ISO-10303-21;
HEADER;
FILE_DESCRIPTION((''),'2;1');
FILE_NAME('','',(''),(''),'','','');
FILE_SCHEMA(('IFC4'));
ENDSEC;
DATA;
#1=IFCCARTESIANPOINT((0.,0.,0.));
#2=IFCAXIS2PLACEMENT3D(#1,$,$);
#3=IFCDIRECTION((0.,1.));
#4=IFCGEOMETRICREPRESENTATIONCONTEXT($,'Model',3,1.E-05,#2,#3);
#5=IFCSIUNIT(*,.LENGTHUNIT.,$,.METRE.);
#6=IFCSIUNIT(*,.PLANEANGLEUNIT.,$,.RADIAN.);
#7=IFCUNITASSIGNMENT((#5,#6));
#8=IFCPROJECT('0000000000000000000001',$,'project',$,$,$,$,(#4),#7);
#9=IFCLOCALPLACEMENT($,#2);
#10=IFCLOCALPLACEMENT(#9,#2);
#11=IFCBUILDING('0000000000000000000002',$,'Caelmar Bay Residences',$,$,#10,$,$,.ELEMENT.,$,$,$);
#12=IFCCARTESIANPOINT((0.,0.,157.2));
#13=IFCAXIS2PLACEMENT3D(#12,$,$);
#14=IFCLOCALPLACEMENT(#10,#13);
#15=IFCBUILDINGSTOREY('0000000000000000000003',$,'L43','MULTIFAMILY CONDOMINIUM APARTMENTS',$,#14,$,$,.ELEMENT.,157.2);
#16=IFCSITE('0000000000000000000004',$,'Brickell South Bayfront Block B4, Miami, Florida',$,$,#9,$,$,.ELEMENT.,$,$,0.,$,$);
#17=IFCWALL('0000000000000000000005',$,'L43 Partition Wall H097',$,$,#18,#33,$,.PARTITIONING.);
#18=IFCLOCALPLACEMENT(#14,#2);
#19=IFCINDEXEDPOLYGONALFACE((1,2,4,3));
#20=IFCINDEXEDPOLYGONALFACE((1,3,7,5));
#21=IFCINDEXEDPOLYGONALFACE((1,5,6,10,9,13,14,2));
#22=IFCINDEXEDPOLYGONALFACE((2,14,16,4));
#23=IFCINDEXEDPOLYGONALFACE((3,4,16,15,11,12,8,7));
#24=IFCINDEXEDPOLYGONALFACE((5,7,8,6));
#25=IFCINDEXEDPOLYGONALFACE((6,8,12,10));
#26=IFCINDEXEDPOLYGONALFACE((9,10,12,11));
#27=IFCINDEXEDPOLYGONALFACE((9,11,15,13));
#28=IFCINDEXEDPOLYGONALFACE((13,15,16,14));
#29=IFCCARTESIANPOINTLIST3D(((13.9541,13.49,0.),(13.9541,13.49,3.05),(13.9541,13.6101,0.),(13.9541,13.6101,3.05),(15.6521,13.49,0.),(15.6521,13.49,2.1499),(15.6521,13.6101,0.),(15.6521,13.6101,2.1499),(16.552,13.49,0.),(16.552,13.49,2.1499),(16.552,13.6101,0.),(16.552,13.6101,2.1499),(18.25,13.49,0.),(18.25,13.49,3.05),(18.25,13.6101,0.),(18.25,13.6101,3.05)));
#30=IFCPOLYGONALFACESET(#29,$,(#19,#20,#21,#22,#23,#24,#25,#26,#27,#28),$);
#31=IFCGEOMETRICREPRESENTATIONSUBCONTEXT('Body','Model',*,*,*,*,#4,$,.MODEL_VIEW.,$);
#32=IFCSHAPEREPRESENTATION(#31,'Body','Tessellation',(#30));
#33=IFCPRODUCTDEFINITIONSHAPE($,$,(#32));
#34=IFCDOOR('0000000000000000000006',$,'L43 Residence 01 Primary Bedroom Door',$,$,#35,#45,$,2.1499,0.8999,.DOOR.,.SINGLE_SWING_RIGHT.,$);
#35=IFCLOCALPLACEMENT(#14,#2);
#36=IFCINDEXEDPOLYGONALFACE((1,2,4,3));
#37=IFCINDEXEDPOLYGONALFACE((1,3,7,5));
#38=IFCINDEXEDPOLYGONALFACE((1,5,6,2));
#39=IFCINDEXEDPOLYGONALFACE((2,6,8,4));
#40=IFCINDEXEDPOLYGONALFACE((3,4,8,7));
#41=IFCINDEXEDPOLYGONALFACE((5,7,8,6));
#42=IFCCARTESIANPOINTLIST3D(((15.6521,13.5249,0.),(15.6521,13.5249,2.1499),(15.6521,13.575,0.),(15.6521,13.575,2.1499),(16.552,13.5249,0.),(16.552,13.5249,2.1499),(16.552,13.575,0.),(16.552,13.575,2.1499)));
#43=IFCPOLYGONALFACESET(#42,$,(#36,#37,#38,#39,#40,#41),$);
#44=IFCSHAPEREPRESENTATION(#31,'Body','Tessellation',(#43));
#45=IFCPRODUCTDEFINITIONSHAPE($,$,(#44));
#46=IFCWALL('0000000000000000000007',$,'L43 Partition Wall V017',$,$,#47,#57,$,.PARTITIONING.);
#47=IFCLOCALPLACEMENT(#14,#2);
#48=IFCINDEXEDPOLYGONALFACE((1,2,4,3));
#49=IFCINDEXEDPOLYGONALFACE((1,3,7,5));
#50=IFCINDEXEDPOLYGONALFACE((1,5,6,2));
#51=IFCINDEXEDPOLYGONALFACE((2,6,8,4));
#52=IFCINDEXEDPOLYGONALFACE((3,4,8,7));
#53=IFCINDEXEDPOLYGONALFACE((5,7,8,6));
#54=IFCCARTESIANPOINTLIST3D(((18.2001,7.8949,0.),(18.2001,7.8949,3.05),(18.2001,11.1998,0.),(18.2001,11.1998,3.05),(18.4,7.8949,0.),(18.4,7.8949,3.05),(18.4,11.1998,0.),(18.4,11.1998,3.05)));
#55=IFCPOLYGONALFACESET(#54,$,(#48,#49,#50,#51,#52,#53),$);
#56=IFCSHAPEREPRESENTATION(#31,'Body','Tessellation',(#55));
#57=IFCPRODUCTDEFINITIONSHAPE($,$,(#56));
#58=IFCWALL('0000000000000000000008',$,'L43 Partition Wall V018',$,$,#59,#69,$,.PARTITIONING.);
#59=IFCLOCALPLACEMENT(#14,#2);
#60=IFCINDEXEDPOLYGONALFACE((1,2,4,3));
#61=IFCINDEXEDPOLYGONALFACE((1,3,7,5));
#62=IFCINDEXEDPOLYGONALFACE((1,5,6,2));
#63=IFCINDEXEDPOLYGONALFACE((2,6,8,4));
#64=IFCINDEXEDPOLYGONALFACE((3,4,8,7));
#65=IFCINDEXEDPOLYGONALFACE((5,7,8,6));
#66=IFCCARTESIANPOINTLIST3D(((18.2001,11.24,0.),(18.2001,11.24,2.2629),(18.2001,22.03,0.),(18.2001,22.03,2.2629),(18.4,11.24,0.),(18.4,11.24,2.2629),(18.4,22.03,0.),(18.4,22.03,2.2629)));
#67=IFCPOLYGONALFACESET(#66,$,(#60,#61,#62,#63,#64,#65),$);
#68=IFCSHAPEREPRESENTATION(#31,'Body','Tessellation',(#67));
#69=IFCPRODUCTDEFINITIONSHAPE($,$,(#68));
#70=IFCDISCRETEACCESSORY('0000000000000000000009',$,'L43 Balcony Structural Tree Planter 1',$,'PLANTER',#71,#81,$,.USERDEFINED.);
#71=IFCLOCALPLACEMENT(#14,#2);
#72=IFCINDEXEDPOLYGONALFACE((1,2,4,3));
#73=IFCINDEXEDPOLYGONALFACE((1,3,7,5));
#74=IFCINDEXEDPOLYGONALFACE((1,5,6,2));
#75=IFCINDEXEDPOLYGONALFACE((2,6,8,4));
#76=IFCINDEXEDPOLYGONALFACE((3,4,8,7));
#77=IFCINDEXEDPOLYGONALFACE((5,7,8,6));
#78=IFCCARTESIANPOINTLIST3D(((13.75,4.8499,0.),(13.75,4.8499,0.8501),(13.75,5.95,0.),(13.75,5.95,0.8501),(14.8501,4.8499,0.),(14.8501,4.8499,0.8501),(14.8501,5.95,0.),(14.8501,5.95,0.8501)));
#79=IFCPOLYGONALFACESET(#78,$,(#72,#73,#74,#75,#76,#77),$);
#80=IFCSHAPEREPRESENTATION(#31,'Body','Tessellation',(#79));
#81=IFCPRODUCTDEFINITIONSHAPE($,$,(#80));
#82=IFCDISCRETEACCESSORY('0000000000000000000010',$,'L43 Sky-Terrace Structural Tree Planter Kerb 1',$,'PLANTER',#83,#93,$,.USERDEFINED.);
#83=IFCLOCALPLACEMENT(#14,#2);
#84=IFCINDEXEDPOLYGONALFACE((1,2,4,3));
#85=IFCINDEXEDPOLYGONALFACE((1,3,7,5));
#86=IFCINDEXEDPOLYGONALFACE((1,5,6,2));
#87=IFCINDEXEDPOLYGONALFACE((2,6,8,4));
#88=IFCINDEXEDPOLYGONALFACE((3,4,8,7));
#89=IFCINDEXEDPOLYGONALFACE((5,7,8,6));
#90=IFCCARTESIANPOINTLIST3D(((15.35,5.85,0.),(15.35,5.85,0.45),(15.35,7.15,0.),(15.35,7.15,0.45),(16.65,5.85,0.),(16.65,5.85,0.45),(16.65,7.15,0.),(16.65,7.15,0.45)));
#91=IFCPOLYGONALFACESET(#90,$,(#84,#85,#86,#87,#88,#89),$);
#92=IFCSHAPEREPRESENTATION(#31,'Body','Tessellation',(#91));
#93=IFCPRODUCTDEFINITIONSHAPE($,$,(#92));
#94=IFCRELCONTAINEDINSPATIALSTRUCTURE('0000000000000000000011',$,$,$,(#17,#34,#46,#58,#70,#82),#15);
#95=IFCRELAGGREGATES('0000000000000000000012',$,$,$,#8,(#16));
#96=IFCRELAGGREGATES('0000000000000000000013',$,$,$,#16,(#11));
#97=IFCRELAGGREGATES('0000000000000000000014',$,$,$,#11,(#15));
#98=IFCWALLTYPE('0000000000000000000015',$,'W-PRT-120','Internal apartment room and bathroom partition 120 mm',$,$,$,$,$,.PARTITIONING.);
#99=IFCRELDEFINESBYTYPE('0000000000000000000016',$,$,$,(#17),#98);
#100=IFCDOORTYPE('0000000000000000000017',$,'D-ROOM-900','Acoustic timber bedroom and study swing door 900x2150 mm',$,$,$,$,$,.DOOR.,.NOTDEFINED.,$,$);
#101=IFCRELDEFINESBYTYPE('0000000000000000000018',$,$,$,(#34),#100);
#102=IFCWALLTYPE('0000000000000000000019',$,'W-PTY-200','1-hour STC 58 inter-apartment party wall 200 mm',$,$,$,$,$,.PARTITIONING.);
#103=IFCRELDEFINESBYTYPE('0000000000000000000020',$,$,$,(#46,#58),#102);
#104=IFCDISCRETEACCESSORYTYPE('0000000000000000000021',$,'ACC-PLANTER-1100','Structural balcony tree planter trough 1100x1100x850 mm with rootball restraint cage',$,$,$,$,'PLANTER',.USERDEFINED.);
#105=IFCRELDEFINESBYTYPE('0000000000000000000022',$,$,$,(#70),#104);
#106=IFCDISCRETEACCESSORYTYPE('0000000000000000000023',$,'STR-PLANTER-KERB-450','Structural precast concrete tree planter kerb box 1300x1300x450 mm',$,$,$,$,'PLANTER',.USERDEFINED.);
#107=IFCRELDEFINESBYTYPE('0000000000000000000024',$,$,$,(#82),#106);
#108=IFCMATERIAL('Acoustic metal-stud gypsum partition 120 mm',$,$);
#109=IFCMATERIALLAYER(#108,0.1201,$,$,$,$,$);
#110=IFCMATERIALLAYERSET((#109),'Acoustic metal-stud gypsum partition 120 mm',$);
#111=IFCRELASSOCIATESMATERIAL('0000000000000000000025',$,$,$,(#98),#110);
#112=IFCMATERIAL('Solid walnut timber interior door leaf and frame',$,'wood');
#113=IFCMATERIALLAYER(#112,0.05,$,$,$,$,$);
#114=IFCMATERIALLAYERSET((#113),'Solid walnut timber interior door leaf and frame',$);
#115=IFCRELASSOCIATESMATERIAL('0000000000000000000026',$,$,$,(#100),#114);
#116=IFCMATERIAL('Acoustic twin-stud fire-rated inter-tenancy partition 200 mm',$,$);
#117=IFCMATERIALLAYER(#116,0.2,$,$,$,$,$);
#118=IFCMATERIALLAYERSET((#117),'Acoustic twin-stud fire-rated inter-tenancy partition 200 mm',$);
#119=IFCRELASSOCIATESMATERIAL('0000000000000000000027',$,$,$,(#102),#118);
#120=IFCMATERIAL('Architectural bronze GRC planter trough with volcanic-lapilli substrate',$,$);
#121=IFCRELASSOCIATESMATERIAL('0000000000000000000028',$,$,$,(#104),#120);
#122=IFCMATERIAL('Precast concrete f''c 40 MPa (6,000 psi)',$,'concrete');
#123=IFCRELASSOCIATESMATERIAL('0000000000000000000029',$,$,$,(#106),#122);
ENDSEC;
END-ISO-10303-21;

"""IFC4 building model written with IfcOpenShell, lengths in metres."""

from ifc_helpers import new_model, si_unit, direction, frame, frame_2d, origin, origin_2d, place, context, subcontext, project, spatial, rectangle, extrude, material, layer, layer_set, type_object, element, fill, save


model = new_model("IFC4")

# Units and contexts
model_context = context("Model", 3, precision=1e-05, world=origin(), true_north=direction((0.0, 1.0)))
body_context = subcontext(model_context, "Body", "Model", "MODEL_VIEW")
ifc_project = project(units=[si_unit("LENGTHUNIT", "METRE"), si_unit("PLANEANGLEUNIT", "RADIAN")], contexts=[model_context])

# Site, building, storey
site_placement = place(None, origin())
site = spatial("IfcSite", under=ifc_project, at=site_placement, Name="Brickell South Bayfront Block B4, Miami, Florida", CompositionType="ELEMENT", RefElevation=0.0)
building_placement = place(site_placement, origin())
building = spatial("IfcBuilding", under=site, at=building_placement, Name="Caelmar Bay Residences", CompositionType="ELEMENT")
storey_placement = place(building_placement, frame((0.0, 0.0, 157.2)))
storey = spatial("IfcBuildingStorey", under=building, at=storey_placement, Name="L43", Description="MULTIFAMILY CONDOMINIUM APARTMENTS", CompositionType="ELEMENT", Elevation=157.2)

# Shared definitions
ifc_material_1 = material(Name="Precast concrete f'c 40 MPa (6,000 psi)", Category="concrete")
ifc_material_2 = material(Name="Acoustic metal-stud gypsum partition 120 mm")
ifc_layer_1 = layer(ifc_material_2, 0.1201)
ifc_layer_set_1 = layer_set([ifc_layer_1], Name="Acoustic metal-stud gypsum partition 120 mm")
wall_type_1 = type_object("IfcWallType", Name="W-PRT-120", Description="Internal apartment room and bathroom partition 120 mm", PredefinedType="PARTITIONING", material=ifc_layer_set_1)

# Wall, opening, door
wall_1_placement = place(storey_placement, frame((13.9541, 13.55, 0.0), z_axis=(0.0, 0.0, 1.0), x_axis=(1.0, 0.0, 0.0)))
wall_1 = element("IfcWall", 1, at=wall_1_placement, inside=storey, type_object=wall_type_1, Name="L43 Partition Wall H097", PredefinedType="PARTITIONING", context=body_context, shape_type="SweptSolid", body=[
    extrude(rectangle(XDim=4.2959, YDim=0.1201, at=frame_2d((2.1479, 0.0))), origin(), (0.0, 0.0, 1.0), 3.05),
])
opening_placement = place(wall_1_placement, frame((1.698, 0.0, 0.0)))
opening = element("IfcOpeningElement", 2, at=opening_placement, cuts=wall_1, PredefinedType="OPENING", context=body_context, shape_type="SweptSolid", body=[
    extrude(rectangle(XDim=0.8999, YDim=2.1499, at=frame_2d((0.45, 1.075))), frame((0.0, 0.0701, 0.0), z_axis=(0.0, -1.0, 0.0), x_axis=(1.0, 0.0, 0.0)), (0.0, 0.0, 1.0), 0.1401),
])
ifc_material_3 = material(Name="Solid walnut timber interior door leaf and frame", Category="wood")
ifc_layer_2 = layer(ifc_material_3, 0.05)
ifc_layer_set_2 = layer_set([ifc_layer_2], Name="Solid walnut timber interior door leaf and frame")
door_type = type_object("IfcDoorType", Name="D-ROOM-900", Description="Acoustic timber bedroom and study swing door 900x2150 mm", OperationType="NOTDEFINED", PredefinedType="DOOR", material=ifc_layer_set_2)
door_placement = place(opening_placement, origin())
door = element("IfcDoor", 3, at=door_placement, inside=storey, type_object=door_type, Name="L43 Residence 01 Primary Bedroom Door", OperationType="SINGLE_SWING_RIGHT", OverallHeight=2.1499, OverallWidth=0.8999, PredefinedType="DOOR", context=body_context, shape_type="SweptSolid", body=[
    extrude(rectangle(XDim=0.8999, YDim=2.1499, at=frame_2d((0.45, 1.075))), frame((0.0, 0.0249, 0.0), z_axis=(0.0, -1.0, 0.0), x_axis=(1.0, 0.0, 0.0)), (0.0, 0.0, 1.0), 0.05),
])
fill(opening, door)

# Walls
ifc_material_4 = material(Name="Acoustic twin-stud fire-rated inter-tenancy partition 200 mm")
ifc_layer_3 = layer(ifc_material_4, 0.2)
ifc_layer_set_3 = layer_set([ifc_layer_3], Name="Acoustic twin-stud fire-rated inter-tenancy partition 200 mm")
wall_type_2 = type_object("IfcWallType", Name="W-PTY-200", Description="1-hour STC 58 inter-apartment party wall 200 mm", PredefinedType="PARTITIONING", material=ifc_layer_set_3)
wall_2_placement = place(storey_placement, frame((18.3, 7.895, 0.0), z_axis=(0.0, 0.0, 1.0), x_axis=(0.0, 1.0, 0.0)))
element("IfcWall", 4, at=wall_2_placement, inside=storey, type_object=wall_type_2, Name="L43 Partition Wall V017", PredefinedType="PARTITIONING", context=body_context, shape_type="SweptSolid", body=[
    extrude(rectangle(XDim=3.3049, YDim=0.2, at=frame_2d((1.6523, 0.0))), origin(), (0.0, 0.0, 1.0), 3.05),
])
wall_3_placement = place(storey_placement, frame((18.3, 11.24, 0.0), z_axis=(0.0, 0.0, 1.0), x_axis=(0.0, 1.0, 0.0)))
element("IfcWall", 5, at=wall_3_placement, inside=storey, type_object=wall_type_2, Name="L43 Partition Wall V018", PredefinedType="PARTITIONING", context=body_context, shape_type="SweptSolid", body=[
    extrude(rectangle(XDim=10.79, YDim=0.2, at=frame_2d((5.395, 0.0))), origin(), (0.0, 0.0, 1.0), 2.2629),
])

# Discrete accessories
ifc_material_5 = material(Name="Architectural bronze GRC planter trough with volcanic-lapilli substrate")
discrete_accessory_type_1 = type_object("IfcDiscreteAccessoryType", Name="ACC-PLANTER-1100", Description="Structural balcony tree planter trough 1100x1100x850 mm with rootball restraint cage", ElementType="PLANTER", PredefinedType="USERDEFINED", material=ifc_material_5)
discrete_accessory_1_placement = place(storey_placement, frame((14.3, 5.3999, 0.0), z_axis=(0.0, 0.0, 1.0), x_axis=(1.0, 0.0, 0.0)))
element("IfcDiscreteAccessory", 6, at=discrete_accessory_1_placement, inside=storey, type_object=discrete_accessory_type_1, Name="L43 Balcony Structural Tree Planter 1", ObjectType="PLANTER", PredefinedType="USERDEFINED", context=body_context, shape_type="SweptSolid", body=[
    extrude(rectangle(XDim=1.1001, YDim=1.1001, at=origin_2d()), origin(), (0.0, 0.0, 1.0), 0.8501),
])
discrete_accessory_type_2 = type_object("IfcDiscreteAccessoryType", Name="STR-PLANTER-KERB-450", Description="Structural precast concrete tree planter kerb box 1300x1300x450 mm", ElementType="PLANTER", PredefinedType="USERDEFINED", material=ifc_material_1)
discrete_accessory_2_placement = place(storey_placement, frame((16.0, 6.5, 0.0), z_axis=(0.0, 0.0, 1.0), x_axis=(1.0, 0.0, 0.0)))
element("IfcDiscreteAccessory", 7, at=discrete_accessory_2_placement, inside=storey, type_object=discrete_accessory_type_2, Name="L43 Sky-Terrace Structural Tree Planter Kerb 1", ObjectType="PLANTER", PredefinedType="USERDEFINED", context=body_context, shape_type="SweptSolid", body=[
    extrude(rectangle(XDim=1.3, YDim=1.3, at=origin_2d()), origin(), (0.0, 0.0, 1.0), 0.45),
])

save(model, "model.ifc")
